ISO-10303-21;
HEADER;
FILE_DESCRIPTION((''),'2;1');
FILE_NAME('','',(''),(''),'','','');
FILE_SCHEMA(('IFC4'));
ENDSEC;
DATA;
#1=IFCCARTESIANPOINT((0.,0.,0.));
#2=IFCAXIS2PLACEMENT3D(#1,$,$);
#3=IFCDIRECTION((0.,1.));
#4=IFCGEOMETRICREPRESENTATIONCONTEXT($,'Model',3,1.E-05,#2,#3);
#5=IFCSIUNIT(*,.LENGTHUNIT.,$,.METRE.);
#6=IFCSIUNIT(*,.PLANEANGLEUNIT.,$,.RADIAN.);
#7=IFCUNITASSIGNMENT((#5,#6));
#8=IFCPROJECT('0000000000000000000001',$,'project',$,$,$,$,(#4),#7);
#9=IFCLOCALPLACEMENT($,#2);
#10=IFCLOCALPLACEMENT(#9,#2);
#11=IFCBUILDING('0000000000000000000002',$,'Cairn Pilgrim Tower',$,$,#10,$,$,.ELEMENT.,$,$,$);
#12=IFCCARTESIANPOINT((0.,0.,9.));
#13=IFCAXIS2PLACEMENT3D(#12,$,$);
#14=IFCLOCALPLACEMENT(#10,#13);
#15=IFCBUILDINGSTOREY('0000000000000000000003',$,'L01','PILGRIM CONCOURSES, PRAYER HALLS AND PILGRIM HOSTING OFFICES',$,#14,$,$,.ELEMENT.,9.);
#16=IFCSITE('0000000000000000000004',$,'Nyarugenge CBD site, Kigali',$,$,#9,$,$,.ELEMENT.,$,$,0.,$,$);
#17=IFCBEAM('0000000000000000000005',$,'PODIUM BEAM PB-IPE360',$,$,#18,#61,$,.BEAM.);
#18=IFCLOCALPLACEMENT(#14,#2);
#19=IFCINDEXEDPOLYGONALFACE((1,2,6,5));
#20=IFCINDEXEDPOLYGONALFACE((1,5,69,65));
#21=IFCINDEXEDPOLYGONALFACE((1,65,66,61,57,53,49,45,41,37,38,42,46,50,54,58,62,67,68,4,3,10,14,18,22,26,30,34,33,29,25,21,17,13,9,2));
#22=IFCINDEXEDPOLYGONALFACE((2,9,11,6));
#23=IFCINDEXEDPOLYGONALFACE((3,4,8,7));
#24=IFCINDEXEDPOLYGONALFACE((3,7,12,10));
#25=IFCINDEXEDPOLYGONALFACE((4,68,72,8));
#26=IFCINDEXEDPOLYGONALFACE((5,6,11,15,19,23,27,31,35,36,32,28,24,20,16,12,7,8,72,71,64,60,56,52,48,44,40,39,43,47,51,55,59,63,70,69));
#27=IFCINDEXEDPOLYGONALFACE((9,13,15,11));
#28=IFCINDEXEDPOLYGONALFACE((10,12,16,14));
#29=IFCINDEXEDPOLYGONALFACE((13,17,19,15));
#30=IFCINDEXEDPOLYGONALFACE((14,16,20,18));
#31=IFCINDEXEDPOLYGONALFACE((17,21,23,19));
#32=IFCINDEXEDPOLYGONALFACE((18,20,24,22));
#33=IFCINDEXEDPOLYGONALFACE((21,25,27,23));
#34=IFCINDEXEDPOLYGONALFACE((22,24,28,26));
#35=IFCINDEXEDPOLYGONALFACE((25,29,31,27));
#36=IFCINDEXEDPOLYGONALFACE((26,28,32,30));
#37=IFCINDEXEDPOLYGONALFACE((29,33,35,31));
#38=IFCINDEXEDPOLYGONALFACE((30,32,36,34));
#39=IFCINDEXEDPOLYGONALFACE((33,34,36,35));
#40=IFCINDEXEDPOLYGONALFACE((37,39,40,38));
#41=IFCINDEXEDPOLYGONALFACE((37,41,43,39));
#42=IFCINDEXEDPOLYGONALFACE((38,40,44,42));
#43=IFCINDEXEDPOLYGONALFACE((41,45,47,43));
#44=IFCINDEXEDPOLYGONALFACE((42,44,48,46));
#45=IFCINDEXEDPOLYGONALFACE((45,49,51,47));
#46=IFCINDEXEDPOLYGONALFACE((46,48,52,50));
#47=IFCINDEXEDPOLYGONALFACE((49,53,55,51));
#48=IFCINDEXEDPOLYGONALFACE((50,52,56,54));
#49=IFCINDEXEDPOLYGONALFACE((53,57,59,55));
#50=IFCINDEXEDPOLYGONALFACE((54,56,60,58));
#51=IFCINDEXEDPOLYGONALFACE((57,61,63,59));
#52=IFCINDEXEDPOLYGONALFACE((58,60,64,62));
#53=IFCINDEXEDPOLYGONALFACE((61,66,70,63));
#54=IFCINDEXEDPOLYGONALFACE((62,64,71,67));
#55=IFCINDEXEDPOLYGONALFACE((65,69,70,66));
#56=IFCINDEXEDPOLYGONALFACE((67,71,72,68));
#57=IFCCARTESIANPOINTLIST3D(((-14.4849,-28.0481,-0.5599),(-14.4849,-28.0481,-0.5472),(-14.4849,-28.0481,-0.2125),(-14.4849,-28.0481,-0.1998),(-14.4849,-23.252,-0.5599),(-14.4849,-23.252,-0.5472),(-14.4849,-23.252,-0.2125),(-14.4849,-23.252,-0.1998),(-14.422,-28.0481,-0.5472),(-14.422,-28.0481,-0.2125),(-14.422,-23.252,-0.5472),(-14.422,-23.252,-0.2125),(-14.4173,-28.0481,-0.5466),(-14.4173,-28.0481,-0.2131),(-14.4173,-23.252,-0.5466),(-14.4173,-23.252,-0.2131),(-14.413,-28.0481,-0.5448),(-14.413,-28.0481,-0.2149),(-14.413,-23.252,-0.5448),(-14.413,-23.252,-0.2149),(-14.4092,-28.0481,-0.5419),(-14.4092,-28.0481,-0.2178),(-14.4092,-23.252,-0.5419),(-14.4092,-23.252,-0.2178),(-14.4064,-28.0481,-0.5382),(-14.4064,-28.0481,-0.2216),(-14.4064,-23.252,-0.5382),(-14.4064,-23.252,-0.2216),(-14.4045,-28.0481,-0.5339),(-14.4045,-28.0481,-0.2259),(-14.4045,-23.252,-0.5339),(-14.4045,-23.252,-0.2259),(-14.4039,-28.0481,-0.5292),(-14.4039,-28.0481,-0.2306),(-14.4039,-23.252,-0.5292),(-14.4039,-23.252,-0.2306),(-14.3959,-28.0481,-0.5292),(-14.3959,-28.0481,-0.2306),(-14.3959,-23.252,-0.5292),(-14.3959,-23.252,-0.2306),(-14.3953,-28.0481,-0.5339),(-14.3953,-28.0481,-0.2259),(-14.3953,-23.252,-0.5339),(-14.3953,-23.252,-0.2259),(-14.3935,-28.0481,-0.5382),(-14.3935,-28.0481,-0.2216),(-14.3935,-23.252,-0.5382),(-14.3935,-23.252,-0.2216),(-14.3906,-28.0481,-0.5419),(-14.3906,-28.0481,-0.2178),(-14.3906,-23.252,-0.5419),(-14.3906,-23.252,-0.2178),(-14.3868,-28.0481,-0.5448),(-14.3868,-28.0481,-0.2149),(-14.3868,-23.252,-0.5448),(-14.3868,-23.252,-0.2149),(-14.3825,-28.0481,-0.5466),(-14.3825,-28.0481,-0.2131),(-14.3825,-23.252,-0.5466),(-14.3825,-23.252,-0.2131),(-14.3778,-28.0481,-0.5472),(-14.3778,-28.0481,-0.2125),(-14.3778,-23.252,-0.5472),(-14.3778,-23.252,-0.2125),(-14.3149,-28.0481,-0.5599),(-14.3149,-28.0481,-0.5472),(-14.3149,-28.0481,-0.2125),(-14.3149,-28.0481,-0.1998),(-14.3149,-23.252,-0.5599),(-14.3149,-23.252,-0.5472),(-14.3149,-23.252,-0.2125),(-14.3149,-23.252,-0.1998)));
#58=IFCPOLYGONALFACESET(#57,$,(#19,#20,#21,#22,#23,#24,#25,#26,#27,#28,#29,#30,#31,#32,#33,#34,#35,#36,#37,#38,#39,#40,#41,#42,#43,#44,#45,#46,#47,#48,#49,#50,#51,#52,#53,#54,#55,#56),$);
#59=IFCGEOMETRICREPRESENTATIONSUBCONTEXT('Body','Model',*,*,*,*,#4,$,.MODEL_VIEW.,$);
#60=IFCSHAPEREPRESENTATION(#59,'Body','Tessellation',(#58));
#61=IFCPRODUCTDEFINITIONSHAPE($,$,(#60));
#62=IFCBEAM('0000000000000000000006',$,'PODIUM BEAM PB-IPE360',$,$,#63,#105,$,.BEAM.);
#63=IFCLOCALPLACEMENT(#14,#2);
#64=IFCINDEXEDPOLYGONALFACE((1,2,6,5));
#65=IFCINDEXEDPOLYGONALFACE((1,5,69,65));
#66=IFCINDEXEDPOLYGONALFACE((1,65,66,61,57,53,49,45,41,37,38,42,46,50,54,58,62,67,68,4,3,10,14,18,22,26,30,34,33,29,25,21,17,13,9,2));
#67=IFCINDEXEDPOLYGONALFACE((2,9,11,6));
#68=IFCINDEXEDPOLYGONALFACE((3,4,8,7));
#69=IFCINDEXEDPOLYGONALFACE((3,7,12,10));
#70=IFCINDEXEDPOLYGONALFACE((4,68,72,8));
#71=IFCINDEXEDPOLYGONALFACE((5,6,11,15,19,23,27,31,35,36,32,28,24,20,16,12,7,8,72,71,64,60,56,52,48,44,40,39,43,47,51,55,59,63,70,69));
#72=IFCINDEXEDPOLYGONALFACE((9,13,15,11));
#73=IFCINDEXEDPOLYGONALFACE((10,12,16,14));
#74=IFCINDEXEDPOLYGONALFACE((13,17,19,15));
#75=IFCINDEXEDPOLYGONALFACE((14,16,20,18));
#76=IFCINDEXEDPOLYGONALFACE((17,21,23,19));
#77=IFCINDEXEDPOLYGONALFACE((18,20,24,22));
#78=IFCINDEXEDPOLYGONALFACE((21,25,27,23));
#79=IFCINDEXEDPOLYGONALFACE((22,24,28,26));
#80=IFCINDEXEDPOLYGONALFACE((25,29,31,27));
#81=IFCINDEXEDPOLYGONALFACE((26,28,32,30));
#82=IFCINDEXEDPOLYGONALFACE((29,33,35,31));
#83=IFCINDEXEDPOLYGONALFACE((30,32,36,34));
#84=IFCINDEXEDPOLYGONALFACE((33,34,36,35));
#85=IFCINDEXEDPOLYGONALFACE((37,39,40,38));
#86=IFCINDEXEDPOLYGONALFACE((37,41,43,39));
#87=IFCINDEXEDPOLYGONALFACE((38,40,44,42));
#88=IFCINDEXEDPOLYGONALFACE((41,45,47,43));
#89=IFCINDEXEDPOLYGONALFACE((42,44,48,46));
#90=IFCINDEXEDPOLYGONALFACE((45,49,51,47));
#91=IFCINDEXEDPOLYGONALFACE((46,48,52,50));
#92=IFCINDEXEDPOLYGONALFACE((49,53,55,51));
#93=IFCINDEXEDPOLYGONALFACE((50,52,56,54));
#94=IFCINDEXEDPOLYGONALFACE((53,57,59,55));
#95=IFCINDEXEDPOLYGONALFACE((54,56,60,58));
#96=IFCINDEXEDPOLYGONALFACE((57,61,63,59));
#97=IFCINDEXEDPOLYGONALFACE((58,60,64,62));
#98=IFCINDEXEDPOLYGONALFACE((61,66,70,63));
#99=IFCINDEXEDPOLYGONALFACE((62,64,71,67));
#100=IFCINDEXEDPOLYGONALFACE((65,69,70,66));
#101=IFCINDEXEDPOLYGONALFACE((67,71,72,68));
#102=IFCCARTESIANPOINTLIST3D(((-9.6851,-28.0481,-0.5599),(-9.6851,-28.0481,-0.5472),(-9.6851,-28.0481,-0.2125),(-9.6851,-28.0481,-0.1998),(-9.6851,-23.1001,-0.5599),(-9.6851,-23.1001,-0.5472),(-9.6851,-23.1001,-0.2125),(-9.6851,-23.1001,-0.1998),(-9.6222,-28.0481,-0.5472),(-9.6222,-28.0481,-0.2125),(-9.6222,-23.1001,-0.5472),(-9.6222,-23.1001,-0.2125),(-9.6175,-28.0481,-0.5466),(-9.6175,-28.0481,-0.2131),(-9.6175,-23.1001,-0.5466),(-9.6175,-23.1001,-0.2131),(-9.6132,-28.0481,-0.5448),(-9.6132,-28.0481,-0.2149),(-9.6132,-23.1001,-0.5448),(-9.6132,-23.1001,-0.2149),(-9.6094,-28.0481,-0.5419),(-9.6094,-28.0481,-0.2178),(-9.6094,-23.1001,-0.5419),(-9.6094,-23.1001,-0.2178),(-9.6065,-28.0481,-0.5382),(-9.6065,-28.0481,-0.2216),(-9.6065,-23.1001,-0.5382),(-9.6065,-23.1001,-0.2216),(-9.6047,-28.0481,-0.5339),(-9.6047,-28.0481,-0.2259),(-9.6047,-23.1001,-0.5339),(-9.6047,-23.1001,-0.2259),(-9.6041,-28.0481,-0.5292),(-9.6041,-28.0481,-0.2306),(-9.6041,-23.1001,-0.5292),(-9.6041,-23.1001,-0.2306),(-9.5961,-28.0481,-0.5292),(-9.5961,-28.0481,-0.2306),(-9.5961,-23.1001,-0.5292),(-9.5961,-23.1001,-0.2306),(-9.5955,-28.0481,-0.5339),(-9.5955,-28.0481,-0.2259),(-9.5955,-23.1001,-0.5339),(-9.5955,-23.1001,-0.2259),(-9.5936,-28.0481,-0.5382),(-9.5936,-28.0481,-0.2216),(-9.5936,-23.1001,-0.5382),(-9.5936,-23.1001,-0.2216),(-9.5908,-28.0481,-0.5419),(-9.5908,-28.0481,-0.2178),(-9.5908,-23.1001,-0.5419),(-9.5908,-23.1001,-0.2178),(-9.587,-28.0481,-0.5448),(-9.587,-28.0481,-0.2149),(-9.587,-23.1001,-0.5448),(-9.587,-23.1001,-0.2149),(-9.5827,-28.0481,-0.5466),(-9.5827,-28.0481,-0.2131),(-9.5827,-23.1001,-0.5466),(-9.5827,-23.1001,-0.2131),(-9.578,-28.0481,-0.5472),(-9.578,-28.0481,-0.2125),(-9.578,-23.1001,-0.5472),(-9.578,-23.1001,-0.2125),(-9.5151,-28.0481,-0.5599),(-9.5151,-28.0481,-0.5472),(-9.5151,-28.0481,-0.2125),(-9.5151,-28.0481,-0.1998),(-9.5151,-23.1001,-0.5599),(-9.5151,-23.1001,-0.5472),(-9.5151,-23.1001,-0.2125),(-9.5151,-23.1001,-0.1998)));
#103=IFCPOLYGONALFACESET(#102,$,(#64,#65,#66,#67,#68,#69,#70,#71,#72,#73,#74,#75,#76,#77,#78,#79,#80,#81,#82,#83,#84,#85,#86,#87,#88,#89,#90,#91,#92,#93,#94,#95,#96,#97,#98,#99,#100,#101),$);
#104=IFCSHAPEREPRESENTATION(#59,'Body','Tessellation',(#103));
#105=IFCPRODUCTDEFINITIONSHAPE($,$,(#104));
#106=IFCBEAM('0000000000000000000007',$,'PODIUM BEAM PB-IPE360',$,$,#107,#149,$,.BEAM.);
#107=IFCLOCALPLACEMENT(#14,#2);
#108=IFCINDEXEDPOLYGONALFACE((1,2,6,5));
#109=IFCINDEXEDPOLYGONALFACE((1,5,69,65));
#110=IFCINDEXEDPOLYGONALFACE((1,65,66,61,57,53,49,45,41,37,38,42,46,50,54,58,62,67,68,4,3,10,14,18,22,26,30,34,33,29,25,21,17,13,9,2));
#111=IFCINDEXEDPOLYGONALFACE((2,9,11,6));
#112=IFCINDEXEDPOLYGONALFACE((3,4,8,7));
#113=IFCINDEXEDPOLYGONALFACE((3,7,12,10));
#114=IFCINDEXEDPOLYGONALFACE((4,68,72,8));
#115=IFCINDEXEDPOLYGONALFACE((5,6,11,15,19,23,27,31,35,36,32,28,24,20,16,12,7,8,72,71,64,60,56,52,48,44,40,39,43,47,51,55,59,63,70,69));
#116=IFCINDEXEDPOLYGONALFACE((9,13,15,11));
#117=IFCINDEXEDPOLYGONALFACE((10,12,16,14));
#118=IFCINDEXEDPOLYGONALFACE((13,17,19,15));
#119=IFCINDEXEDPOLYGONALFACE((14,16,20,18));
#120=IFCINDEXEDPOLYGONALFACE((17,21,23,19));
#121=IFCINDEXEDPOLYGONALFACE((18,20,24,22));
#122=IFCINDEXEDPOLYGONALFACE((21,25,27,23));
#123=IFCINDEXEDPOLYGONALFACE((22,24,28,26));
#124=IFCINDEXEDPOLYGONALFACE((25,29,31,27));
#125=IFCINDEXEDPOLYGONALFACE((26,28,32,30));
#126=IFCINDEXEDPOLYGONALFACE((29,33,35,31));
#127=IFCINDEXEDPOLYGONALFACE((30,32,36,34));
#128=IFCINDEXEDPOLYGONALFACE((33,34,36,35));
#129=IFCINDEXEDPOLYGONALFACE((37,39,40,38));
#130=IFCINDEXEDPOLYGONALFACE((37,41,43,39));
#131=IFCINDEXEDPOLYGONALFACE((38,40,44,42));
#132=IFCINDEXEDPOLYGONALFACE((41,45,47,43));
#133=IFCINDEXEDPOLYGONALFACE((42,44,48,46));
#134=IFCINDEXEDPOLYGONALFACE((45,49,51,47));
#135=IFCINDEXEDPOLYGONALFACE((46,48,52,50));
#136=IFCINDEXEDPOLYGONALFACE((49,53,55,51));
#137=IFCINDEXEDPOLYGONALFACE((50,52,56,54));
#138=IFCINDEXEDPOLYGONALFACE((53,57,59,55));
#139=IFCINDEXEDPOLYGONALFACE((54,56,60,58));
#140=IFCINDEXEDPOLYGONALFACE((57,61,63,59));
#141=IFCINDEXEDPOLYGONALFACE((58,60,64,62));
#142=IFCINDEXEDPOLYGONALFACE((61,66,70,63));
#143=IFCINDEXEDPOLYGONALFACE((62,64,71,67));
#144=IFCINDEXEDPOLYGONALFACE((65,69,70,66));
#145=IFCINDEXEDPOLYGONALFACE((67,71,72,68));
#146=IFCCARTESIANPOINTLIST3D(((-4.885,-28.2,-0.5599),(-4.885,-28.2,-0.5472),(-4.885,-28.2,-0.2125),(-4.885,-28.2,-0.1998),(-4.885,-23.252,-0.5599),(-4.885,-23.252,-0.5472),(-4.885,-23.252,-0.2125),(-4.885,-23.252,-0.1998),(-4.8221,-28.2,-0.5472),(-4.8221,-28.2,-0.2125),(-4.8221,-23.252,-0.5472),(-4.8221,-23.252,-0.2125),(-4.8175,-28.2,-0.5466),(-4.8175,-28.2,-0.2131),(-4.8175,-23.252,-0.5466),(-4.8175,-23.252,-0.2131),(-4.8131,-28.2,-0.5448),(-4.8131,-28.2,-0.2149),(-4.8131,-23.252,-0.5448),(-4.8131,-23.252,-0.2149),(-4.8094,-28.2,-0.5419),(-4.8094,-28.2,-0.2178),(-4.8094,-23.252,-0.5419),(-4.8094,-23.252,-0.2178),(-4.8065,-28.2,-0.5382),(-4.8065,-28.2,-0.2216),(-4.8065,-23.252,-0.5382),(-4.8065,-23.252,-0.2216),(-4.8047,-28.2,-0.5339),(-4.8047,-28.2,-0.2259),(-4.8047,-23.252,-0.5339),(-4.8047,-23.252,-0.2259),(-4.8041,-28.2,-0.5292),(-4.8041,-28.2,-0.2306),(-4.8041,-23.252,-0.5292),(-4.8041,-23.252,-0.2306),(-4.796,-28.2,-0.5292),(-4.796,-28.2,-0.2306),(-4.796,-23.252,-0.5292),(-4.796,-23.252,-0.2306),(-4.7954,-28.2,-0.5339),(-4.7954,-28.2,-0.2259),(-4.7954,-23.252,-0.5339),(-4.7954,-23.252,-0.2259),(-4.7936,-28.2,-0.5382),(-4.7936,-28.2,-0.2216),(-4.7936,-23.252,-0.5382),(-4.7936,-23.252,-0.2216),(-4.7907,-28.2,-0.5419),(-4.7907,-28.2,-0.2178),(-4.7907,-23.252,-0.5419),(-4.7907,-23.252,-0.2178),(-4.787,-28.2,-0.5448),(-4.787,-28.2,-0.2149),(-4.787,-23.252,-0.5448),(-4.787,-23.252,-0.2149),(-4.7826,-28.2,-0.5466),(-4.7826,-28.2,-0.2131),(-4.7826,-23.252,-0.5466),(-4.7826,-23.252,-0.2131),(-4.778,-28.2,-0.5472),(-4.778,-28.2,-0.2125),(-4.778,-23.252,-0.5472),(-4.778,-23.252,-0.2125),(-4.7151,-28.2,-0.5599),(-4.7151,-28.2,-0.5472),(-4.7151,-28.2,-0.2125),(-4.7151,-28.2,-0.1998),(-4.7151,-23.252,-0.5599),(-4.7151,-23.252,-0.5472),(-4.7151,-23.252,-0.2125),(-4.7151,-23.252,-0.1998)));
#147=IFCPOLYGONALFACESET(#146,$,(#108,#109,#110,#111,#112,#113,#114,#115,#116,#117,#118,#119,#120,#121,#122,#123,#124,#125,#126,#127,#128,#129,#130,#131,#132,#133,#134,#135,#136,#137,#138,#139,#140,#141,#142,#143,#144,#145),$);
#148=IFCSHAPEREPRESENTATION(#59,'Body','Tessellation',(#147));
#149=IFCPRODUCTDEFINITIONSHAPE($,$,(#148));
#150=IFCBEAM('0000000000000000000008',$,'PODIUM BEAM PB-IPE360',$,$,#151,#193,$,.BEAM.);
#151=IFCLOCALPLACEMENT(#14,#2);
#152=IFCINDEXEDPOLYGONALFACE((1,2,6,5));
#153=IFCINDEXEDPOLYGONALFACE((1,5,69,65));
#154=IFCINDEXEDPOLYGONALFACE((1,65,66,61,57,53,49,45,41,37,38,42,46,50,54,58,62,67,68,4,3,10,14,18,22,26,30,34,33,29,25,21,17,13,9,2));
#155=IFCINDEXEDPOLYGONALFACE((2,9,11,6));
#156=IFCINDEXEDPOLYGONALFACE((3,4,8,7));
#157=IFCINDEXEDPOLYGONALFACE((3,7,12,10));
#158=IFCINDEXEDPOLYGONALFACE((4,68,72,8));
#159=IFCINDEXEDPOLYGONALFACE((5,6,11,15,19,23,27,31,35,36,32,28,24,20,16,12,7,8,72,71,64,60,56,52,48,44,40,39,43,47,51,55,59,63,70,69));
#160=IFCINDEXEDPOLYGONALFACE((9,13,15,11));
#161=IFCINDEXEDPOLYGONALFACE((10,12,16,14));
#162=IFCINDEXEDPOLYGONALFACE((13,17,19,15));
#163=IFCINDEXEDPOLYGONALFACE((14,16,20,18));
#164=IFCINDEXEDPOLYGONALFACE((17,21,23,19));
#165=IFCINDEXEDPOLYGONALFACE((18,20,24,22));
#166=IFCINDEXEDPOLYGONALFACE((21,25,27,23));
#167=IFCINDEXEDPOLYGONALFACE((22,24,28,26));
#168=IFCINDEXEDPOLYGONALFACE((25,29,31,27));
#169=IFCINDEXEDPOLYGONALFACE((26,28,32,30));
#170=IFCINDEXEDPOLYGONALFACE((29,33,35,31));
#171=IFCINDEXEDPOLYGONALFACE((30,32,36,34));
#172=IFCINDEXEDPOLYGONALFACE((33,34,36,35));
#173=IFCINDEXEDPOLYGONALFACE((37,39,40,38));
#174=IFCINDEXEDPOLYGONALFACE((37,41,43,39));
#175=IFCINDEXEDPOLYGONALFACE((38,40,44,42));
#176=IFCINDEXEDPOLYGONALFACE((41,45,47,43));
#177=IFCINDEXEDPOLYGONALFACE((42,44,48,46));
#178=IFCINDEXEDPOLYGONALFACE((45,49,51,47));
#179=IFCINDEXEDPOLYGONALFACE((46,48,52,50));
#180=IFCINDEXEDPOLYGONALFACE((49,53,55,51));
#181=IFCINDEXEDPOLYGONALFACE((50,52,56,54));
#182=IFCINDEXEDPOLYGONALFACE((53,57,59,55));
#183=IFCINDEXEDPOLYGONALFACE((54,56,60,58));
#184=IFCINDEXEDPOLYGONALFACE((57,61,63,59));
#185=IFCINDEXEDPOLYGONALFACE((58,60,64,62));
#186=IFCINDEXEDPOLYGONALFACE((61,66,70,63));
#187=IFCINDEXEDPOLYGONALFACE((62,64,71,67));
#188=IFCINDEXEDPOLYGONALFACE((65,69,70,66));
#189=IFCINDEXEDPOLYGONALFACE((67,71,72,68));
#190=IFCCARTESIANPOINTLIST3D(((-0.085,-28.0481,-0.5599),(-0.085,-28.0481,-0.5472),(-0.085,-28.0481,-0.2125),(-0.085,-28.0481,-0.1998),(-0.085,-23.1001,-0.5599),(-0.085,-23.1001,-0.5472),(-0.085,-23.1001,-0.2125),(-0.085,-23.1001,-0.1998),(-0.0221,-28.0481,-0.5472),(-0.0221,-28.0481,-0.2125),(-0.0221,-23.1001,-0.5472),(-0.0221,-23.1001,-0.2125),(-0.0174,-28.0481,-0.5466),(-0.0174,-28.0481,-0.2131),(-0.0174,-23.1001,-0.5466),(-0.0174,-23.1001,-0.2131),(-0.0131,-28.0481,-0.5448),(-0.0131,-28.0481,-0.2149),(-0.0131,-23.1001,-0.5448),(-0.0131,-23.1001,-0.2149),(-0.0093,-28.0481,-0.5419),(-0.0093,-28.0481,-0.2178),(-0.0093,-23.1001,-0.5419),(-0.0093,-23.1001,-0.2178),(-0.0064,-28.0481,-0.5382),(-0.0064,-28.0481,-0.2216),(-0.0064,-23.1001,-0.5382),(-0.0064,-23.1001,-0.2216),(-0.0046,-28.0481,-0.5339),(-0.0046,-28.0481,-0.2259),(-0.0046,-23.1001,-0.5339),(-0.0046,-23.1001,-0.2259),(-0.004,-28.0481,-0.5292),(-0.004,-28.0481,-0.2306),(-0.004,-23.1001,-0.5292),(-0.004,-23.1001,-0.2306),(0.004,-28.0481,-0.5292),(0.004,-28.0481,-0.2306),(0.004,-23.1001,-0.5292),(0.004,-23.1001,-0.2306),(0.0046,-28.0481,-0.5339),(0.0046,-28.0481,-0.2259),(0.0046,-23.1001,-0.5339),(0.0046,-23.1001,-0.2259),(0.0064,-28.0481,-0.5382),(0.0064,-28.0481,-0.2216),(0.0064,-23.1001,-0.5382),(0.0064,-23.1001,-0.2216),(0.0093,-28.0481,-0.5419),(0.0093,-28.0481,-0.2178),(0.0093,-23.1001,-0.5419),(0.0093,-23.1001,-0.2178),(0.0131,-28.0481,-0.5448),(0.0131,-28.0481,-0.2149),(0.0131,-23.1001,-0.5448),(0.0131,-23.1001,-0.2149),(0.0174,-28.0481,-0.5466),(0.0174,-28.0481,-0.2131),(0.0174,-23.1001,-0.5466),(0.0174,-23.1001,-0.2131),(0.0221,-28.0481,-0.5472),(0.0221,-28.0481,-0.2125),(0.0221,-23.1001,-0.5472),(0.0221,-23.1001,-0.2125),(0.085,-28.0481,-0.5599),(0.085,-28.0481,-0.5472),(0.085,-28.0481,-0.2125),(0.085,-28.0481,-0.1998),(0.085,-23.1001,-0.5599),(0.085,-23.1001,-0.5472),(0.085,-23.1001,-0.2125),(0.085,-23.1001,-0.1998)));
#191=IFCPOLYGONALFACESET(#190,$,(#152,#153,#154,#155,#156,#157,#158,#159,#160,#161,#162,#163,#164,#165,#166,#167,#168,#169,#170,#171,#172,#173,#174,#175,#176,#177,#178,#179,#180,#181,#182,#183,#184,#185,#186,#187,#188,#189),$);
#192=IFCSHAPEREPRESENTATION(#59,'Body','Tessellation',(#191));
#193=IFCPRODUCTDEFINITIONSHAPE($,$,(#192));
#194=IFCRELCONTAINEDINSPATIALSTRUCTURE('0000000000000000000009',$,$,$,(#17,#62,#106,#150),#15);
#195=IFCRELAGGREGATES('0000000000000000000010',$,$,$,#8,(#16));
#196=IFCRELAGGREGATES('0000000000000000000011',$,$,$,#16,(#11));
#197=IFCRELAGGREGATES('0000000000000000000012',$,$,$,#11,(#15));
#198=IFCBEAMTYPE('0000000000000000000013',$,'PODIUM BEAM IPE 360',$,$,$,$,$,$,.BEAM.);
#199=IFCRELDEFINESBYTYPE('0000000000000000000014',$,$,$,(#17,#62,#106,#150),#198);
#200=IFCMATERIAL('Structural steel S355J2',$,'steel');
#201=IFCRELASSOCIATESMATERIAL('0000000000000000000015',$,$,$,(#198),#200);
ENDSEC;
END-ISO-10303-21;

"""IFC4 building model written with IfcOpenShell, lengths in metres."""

from ifc_helpers import new_model, si_unit, direction, frame, origin, origin_2d, place, context, subcontext, project, spatial, i_section, extrude, material, material_profile, profile_set, type_object, element, save


model = new_model("IFC4")

# Units and contexts
model_context = context("Model", 3, precision=1e-05, world=origin(), true_north=direction((0.0, 1.0)))
body_context = subcontext(model_context, "Body", "Model", "MODEL_VIEW")
ifc_project = project(units=[si_unit("LENGTHUNIT", "METRE"), si_unit("PLANEANGLEUNIT", "RADIAN")], contexts=[model_context])

# Site, building, storey
site_placement = place(None, origin())
site = spatial("IfcSite", under=ifc_project, at=site_placement, Name="Nyarugenge CBD site, Kigali", CompositionType="ELEMENT", RefElevation=0.0)
building_placement = place(site_placement, origin())
building = spatial("IfcBuilding", under=site, at=building_placement, Name="Cairn Pilgrim Tower", CompositionType="ELEMENT")
storey_placement = place(building_placement, frame((0.0, 0.0, 9.0)))
storey = spatial("IfcBuildingStorey", under=building, at=storey_placement, Name="L01", Description="PILGRIM CONCOURSES, PRAYER HALLS AND PILGRIM HOSTING OFFICES", CompositionType="ELEMENT", Elevation=9.0)

# Beams
ifc_material_1 = material(Name="Structural steel S355J2", Category="steel")
ifc_material_profile_1 = material_profile(ifc_material_1, i_section(OverallWidth=0.1699, OverallDepth=0.3601, WebThickness=0.0081, FlangeThickness=0.0127, FilletRadius=0.0181, at=origin_2d()), Name="IPE 360")
ifc_profile_set_1 = profile_set([ifc_material_profile_1], Name="Structural steel S355J2")
beam_type_1 = type_object("IfcBeamType", Name="PODIUM BEAM IPE 360", PredefinedType="BEAM", material=ifc_profile_set_1)
beam_1_placement = place(storey_placement, frame((-14.3999, -28.0481, -0.3799), z_axis=(0.0, 1.0, 0.0), x_axis=(-1.0, 0.0, 0.0)))
element("IfcBeam", 1, at=beam_1_placement, inside=storey, type_object=beam_type_1, Name="PODIUM BEAM PB-IPE360", PredefinedType="BEAM", context=body_context, shape_type="SweptSolid", body=[
    extrude(i_section(OverallWidth=0.1699, OverallDepth=0.3601, WebThickness=0.0081, FlangeThickness=0.0127, FilletRadius=0.0181, at=origin_2d()), origin(), (0.0, 0.0, 1.0), 4.7961),
])
for number, where, z_axis, x_axis, name in (
    (2, (-9.6001, -28.0481, -0.3799), (0.0, 1.0, 0.0), (-1.0, 0.0, 0.0), "PODIUM BEAM PB-IPE360"),
    (3, (-4.8, -28.2, -0.3799), (0.0, 1.0, 0.0), (-1.0, 0.0, 0.0), "PODIUM BEAM PB-IPE360"),
    (4, (0.0, -28.0481, -0.3799), (0.0, 1.0, 0.0), (-1.0, 0.0, 0.0), "PODIUM BEAM PB-IPE360"),
):
    element("IfcBeam", number, at=place(storey_placement, frame(where, z_axis=z_axis, x_axis=x_axis)), inside=storey, type_object=beam_type_1, Name=name, PredefinedType="BEAM", context=body_context, shape_type="SweptSolid", body=[
        extrude(i_section(OverallWidth=0.1699, OverallDepth=0.3601, WebThickness=0.0081, FlangeThickness=0.0127, FilletRadius=0.0181, at=origin_2d()), origin(), (0.0, 0.0, 1.0), 4.948),
    ])

save(model, "model.ifc")
